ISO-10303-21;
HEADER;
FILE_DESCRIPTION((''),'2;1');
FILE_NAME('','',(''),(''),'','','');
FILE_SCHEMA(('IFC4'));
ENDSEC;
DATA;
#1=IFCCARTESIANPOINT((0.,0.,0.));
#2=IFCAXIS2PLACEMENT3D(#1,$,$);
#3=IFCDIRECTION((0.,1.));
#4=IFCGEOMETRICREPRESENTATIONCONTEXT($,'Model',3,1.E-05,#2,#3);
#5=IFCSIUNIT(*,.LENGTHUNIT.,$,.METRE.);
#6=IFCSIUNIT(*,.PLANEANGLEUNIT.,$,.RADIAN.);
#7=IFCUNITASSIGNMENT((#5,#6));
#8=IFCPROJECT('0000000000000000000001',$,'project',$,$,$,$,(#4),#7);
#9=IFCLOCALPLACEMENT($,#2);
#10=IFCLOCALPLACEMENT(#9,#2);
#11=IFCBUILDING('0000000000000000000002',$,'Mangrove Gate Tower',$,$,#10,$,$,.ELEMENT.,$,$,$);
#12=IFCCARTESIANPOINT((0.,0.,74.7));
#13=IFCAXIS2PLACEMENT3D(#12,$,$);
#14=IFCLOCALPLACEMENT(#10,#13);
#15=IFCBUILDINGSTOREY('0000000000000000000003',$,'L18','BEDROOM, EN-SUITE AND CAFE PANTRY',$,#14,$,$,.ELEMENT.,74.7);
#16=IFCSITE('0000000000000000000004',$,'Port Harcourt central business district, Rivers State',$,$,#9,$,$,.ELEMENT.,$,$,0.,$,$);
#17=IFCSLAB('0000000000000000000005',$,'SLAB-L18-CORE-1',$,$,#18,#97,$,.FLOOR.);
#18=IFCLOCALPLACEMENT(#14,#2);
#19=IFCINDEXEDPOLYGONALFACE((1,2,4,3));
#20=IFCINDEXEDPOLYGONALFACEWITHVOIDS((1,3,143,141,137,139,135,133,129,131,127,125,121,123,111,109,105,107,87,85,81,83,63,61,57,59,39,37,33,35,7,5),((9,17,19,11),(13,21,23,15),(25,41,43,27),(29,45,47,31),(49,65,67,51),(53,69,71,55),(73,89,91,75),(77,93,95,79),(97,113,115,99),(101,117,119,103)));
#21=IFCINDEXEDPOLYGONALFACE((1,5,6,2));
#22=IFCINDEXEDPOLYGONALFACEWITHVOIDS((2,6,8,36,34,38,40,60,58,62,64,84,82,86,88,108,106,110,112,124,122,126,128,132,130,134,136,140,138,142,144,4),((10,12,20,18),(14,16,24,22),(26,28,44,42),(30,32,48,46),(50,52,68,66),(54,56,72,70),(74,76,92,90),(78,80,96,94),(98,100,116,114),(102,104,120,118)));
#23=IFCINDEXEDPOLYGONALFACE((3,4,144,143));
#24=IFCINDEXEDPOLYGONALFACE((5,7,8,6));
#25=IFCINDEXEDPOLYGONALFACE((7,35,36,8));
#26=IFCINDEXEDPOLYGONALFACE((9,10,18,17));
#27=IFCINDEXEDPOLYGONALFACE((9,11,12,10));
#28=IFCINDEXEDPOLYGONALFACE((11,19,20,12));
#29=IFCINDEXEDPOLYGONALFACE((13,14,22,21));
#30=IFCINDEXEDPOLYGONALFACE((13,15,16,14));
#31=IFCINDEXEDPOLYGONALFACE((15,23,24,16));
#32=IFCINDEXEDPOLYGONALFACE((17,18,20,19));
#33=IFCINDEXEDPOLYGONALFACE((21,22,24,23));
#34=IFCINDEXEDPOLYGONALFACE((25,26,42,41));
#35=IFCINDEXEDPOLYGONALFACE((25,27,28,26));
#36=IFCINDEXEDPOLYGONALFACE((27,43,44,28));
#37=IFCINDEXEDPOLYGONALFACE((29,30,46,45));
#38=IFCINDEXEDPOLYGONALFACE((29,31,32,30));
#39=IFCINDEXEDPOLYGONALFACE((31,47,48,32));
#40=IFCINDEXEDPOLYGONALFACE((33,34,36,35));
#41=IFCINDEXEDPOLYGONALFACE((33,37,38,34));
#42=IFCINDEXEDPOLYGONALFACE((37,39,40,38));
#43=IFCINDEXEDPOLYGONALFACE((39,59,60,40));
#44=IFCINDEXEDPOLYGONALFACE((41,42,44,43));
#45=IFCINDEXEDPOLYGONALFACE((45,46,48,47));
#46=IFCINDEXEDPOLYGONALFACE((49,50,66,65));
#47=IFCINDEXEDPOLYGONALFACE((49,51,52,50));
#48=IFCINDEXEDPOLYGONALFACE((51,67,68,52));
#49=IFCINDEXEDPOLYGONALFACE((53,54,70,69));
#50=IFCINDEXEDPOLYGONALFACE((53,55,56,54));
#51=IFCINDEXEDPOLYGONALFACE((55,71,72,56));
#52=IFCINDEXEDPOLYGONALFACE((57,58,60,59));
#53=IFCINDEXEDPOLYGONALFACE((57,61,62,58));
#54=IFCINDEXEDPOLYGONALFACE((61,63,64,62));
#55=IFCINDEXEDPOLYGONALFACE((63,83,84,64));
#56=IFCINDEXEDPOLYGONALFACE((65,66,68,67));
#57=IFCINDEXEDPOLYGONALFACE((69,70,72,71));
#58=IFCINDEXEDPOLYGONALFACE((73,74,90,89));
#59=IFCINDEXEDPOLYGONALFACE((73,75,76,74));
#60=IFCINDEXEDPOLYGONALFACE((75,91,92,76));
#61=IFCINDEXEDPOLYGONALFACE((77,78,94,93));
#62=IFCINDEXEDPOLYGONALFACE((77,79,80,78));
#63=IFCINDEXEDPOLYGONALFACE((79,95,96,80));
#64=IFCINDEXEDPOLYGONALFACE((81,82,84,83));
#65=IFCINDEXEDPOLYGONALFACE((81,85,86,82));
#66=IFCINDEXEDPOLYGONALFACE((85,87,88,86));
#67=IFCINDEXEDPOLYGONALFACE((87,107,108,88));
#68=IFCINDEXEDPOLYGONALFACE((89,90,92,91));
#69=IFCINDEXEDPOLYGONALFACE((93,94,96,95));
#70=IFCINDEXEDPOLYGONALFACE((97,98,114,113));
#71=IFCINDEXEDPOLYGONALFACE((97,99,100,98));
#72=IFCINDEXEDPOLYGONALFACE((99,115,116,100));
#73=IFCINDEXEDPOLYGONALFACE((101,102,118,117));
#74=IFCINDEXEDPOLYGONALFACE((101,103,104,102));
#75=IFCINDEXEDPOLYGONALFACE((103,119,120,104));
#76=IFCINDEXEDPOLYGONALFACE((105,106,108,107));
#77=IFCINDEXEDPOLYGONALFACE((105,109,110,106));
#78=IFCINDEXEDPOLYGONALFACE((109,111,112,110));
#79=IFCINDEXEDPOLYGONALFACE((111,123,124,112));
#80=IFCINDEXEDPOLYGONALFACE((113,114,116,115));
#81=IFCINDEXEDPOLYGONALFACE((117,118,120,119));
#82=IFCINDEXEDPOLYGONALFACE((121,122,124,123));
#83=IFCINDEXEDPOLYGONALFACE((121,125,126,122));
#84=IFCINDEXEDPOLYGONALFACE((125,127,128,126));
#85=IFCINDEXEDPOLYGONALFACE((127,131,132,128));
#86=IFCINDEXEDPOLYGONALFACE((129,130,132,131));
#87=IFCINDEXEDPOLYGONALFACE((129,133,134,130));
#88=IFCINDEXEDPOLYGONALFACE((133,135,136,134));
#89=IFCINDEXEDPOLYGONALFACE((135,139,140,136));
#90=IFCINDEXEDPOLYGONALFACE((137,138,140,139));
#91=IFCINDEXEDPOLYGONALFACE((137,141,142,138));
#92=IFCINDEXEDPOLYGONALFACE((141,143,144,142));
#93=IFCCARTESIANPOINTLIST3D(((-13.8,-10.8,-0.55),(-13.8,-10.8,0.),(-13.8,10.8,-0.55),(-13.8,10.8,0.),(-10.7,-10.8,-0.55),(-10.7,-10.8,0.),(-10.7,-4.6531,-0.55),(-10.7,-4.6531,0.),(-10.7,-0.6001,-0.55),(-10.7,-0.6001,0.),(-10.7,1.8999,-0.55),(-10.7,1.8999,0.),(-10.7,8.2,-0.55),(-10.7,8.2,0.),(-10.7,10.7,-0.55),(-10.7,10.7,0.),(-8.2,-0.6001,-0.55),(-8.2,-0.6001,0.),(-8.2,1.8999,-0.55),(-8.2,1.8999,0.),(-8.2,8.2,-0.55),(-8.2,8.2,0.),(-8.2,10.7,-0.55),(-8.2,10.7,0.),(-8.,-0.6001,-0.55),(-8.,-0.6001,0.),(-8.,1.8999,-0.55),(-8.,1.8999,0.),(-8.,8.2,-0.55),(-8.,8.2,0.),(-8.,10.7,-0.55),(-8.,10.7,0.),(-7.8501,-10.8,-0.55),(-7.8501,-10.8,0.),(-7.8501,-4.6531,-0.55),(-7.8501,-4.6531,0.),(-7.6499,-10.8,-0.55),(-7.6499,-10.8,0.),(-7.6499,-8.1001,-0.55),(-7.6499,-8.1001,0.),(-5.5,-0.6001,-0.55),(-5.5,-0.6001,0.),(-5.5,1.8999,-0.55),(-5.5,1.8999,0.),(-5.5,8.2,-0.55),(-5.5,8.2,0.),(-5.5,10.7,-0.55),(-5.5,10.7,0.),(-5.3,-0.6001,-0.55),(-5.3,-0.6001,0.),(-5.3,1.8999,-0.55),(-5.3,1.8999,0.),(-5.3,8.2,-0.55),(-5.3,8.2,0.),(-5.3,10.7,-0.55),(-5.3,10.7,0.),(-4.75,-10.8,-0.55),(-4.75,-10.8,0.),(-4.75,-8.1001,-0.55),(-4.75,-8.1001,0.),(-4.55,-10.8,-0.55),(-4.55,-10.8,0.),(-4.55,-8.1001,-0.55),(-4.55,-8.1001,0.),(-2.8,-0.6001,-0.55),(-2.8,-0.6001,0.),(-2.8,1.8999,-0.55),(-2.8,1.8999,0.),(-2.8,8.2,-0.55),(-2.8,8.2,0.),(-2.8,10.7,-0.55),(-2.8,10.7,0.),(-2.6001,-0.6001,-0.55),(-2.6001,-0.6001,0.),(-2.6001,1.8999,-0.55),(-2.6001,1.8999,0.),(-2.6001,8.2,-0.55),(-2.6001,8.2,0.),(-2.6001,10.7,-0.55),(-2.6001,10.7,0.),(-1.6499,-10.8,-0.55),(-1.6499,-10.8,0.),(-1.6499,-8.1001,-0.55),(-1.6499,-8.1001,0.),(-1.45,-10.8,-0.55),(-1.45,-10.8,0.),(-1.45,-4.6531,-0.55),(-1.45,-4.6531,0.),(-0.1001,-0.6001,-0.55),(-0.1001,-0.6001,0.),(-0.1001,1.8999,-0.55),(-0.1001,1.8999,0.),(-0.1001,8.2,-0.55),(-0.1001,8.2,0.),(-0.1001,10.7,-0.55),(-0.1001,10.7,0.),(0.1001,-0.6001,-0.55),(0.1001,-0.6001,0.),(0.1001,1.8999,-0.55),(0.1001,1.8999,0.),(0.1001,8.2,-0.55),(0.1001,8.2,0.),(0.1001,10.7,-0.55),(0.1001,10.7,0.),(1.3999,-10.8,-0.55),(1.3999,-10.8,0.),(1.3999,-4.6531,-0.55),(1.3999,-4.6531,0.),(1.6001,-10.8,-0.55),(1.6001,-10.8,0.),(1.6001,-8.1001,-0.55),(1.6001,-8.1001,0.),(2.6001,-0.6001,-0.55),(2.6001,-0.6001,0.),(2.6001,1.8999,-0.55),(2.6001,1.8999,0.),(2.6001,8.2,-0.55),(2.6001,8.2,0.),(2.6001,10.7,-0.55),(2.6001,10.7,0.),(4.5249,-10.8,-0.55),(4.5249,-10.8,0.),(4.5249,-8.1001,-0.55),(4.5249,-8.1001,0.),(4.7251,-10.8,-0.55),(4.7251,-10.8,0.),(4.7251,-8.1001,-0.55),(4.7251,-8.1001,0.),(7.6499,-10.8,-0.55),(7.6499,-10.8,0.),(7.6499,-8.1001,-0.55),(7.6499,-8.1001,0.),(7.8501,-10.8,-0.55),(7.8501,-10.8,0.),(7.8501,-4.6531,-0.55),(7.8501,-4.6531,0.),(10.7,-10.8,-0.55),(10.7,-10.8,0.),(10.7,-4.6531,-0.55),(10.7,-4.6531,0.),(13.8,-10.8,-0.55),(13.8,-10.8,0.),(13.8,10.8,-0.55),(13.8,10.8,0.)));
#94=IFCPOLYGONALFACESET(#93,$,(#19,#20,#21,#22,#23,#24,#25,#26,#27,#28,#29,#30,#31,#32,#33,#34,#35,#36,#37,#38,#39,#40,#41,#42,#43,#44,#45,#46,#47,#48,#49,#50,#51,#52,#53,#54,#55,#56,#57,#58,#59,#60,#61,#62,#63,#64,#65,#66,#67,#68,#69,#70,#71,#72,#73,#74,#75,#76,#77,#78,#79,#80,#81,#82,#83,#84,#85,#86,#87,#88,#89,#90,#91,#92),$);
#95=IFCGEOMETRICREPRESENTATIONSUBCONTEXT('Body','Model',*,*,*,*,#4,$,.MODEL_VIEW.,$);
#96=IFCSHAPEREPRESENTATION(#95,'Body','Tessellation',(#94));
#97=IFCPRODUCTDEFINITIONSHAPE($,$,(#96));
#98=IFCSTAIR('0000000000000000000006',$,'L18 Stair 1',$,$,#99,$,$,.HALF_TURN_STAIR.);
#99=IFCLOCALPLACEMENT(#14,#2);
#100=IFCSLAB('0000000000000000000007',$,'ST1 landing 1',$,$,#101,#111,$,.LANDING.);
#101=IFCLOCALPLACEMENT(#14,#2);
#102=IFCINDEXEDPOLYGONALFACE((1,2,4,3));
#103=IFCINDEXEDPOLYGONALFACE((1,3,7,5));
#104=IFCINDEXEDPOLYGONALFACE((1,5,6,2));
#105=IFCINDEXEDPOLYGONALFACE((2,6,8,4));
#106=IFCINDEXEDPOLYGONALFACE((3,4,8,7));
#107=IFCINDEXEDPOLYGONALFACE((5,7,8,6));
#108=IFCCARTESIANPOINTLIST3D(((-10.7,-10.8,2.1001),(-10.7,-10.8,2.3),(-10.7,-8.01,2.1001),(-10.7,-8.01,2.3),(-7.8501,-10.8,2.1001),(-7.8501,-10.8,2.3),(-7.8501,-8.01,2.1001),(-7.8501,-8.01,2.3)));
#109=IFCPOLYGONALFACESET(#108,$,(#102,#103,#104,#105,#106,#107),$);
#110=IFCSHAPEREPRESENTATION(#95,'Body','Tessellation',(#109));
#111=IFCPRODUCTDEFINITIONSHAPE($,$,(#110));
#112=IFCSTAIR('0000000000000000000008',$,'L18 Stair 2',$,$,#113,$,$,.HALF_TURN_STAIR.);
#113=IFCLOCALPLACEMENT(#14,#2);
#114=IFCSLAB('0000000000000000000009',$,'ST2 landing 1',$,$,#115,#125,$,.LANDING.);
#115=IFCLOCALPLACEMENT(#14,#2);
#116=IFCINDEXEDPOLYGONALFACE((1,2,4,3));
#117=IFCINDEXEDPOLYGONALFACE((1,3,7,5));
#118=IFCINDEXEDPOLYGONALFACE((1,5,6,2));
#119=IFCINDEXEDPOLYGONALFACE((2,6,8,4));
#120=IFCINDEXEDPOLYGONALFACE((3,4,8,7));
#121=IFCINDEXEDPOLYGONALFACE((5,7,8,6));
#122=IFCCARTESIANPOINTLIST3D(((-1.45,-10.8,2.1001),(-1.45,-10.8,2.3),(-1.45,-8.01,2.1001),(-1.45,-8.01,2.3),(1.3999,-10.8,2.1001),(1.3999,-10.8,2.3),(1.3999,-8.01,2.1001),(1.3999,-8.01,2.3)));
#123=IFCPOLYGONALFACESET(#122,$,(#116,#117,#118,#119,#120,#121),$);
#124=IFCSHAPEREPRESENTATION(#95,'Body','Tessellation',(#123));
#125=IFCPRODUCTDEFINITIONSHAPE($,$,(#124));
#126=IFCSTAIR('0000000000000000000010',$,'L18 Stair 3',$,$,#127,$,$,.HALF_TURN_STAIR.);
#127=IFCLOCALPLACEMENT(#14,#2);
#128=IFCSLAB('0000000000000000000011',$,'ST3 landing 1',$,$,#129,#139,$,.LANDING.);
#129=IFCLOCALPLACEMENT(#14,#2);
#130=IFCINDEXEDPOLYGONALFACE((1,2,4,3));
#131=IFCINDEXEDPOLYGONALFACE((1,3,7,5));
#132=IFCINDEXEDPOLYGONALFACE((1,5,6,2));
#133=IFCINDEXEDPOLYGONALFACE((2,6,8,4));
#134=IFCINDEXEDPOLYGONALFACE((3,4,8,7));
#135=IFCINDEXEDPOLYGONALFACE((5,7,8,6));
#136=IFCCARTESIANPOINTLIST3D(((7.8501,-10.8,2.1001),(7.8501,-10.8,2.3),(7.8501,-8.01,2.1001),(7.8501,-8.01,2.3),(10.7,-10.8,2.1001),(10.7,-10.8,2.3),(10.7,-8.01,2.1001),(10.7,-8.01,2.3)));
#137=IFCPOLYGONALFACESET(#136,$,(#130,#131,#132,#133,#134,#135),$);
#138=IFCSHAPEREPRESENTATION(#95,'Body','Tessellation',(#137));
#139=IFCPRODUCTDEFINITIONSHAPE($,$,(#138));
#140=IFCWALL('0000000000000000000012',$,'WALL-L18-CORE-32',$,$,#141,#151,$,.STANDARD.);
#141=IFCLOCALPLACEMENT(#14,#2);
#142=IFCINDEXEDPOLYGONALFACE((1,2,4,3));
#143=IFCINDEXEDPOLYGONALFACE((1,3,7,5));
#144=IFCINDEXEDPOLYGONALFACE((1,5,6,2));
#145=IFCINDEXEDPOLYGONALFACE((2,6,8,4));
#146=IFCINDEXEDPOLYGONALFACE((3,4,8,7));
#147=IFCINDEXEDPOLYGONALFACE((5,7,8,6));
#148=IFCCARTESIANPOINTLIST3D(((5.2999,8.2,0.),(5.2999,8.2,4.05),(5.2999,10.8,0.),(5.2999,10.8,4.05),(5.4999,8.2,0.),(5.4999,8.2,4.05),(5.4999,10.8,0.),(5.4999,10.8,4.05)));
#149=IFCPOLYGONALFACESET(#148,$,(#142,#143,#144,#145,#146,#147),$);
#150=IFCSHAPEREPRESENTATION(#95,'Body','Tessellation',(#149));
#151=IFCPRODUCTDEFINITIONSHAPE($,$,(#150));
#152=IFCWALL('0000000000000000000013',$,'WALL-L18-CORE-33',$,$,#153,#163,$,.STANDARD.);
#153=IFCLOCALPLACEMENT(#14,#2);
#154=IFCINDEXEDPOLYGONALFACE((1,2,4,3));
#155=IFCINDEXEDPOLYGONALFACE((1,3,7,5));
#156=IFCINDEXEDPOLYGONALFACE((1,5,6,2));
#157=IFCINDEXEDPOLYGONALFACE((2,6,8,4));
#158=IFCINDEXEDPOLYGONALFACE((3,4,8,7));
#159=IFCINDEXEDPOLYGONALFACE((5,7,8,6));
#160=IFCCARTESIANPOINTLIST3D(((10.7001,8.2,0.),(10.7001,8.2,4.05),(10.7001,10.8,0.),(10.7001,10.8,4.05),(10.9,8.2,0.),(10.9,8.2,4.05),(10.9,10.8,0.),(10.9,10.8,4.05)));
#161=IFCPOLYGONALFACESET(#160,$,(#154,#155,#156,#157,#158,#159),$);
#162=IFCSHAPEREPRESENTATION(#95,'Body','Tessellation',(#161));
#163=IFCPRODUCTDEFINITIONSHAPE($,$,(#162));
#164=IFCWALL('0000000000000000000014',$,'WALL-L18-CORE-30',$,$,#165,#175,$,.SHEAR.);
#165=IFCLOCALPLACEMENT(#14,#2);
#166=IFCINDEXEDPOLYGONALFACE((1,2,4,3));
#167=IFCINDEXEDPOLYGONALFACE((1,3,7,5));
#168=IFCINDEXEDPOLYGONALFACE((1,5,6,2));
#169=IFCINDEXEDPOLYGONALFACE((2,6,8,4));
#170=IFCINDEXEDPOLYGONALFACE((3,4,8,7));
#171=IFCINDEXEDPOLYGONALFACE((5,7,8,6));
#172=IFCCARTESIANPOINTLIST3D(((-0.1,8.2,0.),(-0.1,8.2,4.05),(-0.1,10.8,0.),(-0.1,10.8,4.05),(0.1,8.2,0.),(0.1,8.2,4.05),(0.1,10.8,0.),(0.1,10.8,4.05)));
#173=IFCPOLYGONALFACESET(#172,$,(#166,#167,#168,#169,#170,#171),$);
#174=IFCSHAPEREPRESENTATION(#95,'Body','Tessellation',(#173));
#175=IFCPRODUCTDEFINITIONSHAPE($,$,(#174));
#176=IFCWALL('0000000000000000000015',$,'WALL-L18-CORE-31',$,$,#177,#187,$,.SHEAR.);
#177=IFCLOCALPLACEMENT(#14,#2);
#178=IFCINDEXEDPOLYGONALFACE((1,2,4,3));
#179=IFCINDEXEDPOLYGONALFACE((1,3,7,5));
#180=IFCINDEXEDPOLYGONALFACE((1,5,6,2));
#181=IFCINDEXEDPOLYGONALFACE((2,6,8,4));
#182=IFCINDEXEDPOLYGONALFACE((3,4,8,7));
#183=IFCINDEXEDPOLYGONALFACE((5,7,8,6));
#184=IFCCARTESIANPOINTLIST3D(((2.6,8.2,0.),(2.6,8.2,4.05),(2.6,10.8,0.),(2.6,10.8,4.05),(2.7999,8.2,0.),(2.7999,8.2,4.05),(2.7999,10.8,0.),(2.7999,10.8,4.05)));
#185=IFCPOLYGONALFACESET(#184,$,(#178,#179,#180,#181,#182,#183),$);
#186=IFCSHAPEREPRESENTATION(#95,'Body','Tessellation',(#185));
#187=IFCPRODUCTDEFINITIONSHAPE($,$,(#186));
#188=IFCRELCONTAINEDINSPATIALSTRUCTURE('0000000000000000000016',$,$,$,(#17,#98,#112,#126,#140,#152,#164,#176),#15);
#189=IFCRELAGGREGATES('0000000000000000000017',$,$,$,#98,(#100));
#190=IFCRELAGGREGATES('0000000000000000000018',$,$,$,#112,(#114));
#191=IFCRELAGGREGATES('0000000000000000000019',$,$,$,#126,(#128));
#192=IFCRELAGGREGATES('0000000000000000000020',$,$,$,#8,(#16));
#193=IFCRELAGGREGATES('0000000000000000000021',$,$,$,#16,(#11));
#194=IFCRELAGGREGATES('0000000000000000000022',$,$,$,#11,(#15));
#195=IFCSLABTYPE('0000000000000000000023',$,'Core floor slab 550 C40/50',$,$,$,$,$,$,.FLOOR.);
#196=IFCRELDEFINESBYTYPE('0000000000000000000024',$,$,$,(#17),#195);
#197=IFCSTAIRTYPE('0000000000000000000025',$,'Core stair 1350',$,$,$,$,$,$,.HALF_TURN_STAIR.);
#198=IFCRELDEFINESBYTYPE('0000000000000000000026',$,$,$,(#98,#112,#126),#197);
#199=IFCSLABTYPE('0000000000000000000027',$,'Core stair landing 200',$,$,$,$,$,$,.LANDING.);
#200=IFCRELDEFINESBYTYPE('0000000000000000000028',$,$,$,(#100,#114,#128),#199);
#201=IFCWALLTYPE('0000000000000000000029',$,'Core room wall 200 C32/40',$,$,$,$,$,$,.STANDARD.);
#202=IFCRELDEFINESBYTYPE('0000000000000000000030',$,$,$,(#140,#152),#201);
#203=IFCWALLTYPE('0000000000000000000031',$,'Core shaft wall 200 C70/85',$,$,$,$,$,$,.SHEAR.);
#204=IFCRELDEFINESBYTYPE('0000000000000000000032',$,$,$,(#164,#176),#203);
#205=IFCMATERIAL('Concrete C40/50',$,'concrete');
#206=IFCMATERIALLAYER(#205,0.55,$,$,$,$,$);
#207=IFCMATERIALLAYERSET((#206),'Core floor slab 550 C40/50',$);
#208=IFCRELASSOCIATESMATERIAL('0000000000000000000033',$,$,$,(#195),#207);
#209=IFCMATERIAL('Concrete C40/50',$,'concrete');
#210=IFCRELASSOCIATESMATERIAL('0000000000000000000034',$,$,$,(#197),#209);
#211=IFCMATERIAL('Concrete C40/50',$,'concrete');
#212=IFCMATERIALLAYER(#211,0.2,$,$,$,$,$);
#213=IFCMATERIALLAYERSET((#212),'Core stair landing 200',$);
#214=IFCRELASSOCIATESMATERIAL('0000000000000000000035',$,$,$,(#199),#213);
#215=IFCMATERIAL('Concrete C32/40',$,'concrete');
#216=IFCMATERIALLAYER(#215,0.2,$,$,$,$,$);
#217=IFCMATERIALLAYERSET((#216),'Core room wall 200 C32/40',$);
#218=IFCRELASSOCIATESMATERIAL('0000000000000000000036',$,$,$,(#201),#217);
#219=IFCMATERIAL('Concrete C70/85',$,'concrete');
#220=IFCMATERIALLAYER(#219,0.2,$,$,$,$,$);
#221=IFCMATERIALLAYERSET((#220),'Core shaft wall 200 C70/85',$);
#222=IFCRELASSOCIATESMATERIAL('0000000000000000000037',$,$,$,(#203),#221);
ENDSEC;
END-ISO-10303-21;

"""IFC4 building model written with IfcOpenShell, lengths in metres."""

from ifc_helpers import new_model, si_unit, direction, frame, frame_2d, origin, place, context, subcontext, project, spatial, polyline, rectangle, outline, extrude, material, layer, layer_set, type_object, element, aggregate, save


model = new_model("IFC4")

# Units and contexts
model_context = context("Model", 3, precision=1e-05, world=origin(), true_north=direction((0.0, 1.0)))
body_context = subcontext(model_context, "Body", "Model", "MODEL_VIEW")
ifc_project = project(units=[si_unit("LENGTHUNIT", "METRE"), si_unit("PLANEANGLEUNIT", "RADIAN")], contexts=[model_context])

# Site, building, storey
site_placement = place(None, origin())
site = spatial("IfcSite", under=ifc_project, at=site_placement, Name="Port Harcourt central business district, Rivers State", CompositionType="ELEMENT", RefElevation=0.0)
building_placement = place(site_placement, origin())
building = spatial("IfcBuilding", under=site, at=building_placement, Name="Mangrove Gate Tower", CompositionType="ELEMENT")
storey_placement = place(building_placement, frame((0.0, 0.0, 74.7)))
storey = spatial("IfcBuildingStorey", under=building, at=storey_placement, Name="L18", Description="BEDROOM, EN-SUITE AND CAFE PANTRY", CompositionType="ELEMENT", Elevation=74.7)

# Slab
ifc_material_1 = material(Name="Concrete C40/50", Category="concrete")
ifc_layer_1 = layer(ifc_material_1, 0.55)
ifc_layer_set_1 = layer_set([ifc_layer_1], Name="Core floor slab 550 C40/50")
slab_type_1 = type_object("IfcSlabType", Name="Core floor slab 550 C40/50", PredefinedType="FLOOR", material=ifc_layer_set_1)
slab_1_placement = place(storey_placement, frame((0.0, 0.0, -0.55)))
element("IfcSlab", 1, at=slab_1_placement, inside=storey, type_object=slab_type_1, Name="SLAB-L18-CORE-1", PredefinedType="FLOOR", context=body_context, shape_type="SweptSolid", body=[
    extrude(outline(polyline([(-13.8, -10.8), (-13.8, 10.8), (13.8, 10.8), (13.8, -10.8), (10.7, -10.8), (10.7, -4.6531), (7.8501, -4.6531), (7.8501, -10.8), (7.6499, -10.8), (7.6499, -8.1001), (4.7251, -8.1001), (4.7251, -10.8), (4.5249, -10.8), (4.5249, -8.1001), (1.6001, -8.1001), (1.6001, -10.8), (1.3999, -10.8), (1.3999, -4.6531), (-1.45, -4.6531), (-1.45, -10.8), (-1.6499, -10.8), (-1.6499, -8.1001), (-4.55, -8.1001), (-4.55, -10.8), (-4.75, -10.8), (-4.75, -8.1001), (-7.6499, -8.1001), (-7.6499, -10.8), (-7.8501, -10.8), (-7.8501, -4.6531), (-10.7, -4.6531), (-10.7, -10.8), (-13.8, -10.8)]), holes=[polyline([(-8.2, -0.6001), (-8.2, 1.8999), (-10.7, 1.8999), (-10.7, -0.6001), (-8.2, -0.6001)]), polyline([(-5.5, -0.6001), (-5.5, 1.8999), (-8.0, 1.8999), (-8.0, -0.6001), (-5.5, -0.6001)]), polyline([(-2.8, -0.6001), (-2.8, 1.8999), (-5.3, 1.8999), (-5.3, -0.6001), (-2.8, -0.6001)]), polyline([(-8.2, 8.2), (-8.2, 10.7), (-10.7, 10.7), (-10.7, 8.2), (-8.2, 8.2)]), polyline([(-5.5, 8.2), (-5.5, 10.7), (-8.0, 10.7), (-8.0, 8.2), (-5.5, 8.2)]), polyline([(-2.8, 8.2), (-2.8, 10.7), (-5.3, 10.7), (-5.3, 8.2), (-2.8, 8.2)]), polyline([(-0.1001, -0.6001), (-0.1001, 1.8999), (-2.6001, 1.8999), (-2.6001, -0.6001), (-0.1001, -0.6001)]), polyline([(2.6001, -0.6001), (2.6001, 1.8999), (0.1001, 1.8999), (0.1001, -0.6001), (2.6001, -0.6001)]), polyline([(-2.6001, 8.2), (-0.1001, 8.2), (-0.1001, 10.7), (-2.6001, 10.7), (-2.6001, 8.2)]), polyline([(0.1001, 8.2), (2.6001, 8.2), (2.6001, 10.7), (0.1001, 10.7), (0.1001, 8.2)])]), origin(), (0.0, 0.0, 1.0), 0.55),
])

# Stairs, slabs
ifc_material_2 = material(Name="Concrete C40/50", Category="concrete")
stair_type = type_object("IfcStairType", Name="Core stair 1350", PredefinedType="HALF_TURN_STAIR", material=ifc_material_2)
stair_1_placement = place(storey_placement, origin())
stair_1 = element("IfcStair", 2, at=stair_1_placement, inside=storey, type_object=stair_type, Name="L18 Stair 1", PredefinedType="HALF_TURN_STAIR")
ifc_material_3 = material(Name="Concrete C40/50", Category="concrete")
ifc_layer_2 = layer(ifc_material_3, 0.2)
ifc_layer_set_2 = layer_set([ifc_layer_2], Name="Core stair landing 200")
slab_type_2 = type_object("IfcSlabType", Name="Core stair landing 200", PredefinedType="LANDING", material=ifc_layer_set_2)
slab_2_placement = place(storey_placement, frame((0.0, 0.0, 2.1001)))
slab_2 = element("IfcSlab", 3, at=slab_2_placement, type_object=slab_type_2, Name="ST1 landing 1", PredefinedType="LANDING", context=body_context, shape_type="SweptSolid", body=[
    extrude(outline(polyline([(-10.7, -8.01), (-10.7, -10.8), (-7.8501, -10.8), (-7.8501, -8.01), (-10.7, -8.01)])), origin(), (0.0, 0.0, 1.0), 0.2),
])
aggregate(stair_1, [slab_2])
stair_2_placement = place(storey_placement, origin())
stair_2 = element("IfcStair", 4, at=stair_2_placement, inside=storey, type_object=stair_type, Name="L18 Stair 2", PredefinedType="HALF_TURN_STAIR")
slab_3_placement = place(storey_placement, frame((0.0, 0.0, 2.1001)))
slab_3 = element("IfcSlab", 5, at=slab_3_placement, type_object=slab_type_2, Name="ST2 landing 1", PredefinedType="LANDING", context=body_context, shape_type="SweptSolid", body=[
    extrude(outline(polyline([(-1.45, -8.01), (-1.45, -10.8), (1.3999, -10.8), (1.3999, -8.01), (-1.45, -8.01)])), origin(), (0.0, 0.0, 1.0), 0.2),
])
aggregate(stair_2, [slab_3])
stair_3_placement = place(storey_placement, origin())
stair_3 = element("IfcStair", 6, at=stair_3_placement, inside=storey, type_object=stair_type, Name="L18 Stair 3", PredefinedType="HALF_TURN_STAIR")
slab_4_placement = place(storey_placement, frame((0.0, 0.0, 2.1001)))
slab_4 = element("IfcSlab", 7, at=slab_4_placement, type_object=slab_type_2, Name="ST3 landing 1", PredefinedType="LANDING", context=body_context, shape_type="SweptSolid", body=[
    extrude(outline(polyline([(7.8501, -8.01), (7.8501, -10.8), (10.7, -10.8), (10.7, -8.01), (7.8501, -8.01)])), origin(), (0.0, 0.0, 1.0), 0.2),
])
aggregate(stair_3, [slab_4])

# Walls
ifc_material_4 = material(Name="Concrete C32/40", Category="concrete")
ifc_layer_3 = layer(ifc_material_4, 0.2)
ifc_layer_set_3 = layer_set([ifc_layer_3], Name="Core room wall 200 C32/40")
wall_type_1 = type_object("IfcWallType", Name="Core room wall 200 C32/40", PredefinedType="STANDARD", material=ifc_layer_set_3)
for number, where, z_axis, x_axis, name in (
    (8, (5.3999, 8.2, 0.0), (0.0, 0.0, 1.0), (0.0, 1.0, 0.0), "WALL-L18-CORE-32"),
    (9, (10.8, 8.2, 0.0), (0.0, 0.0, 1.0), (0.0, 1.0, 0.0), "WALL-L18-CORE-33"),
):
    element("IfcWall", number, at=place(storey_placement, frame(where, z_axis=z_axis, x_axis=x_axis)), inside=storey, type_object=wall_type_1, Name=name, PredefinedType="STANDARD", context=body_context, shape_type="SweptSolid", body=[
        extrude(rectangle(XDim=2.6001, YDim=0.2, at=frame_2d((1.3, 0.0))), origin(), (0.0, 0.0, 1.0), 4.05),
    ])
ifc_material_5 = material(Name="Concrete C70/85", Category="concrete")
ifc_layer_4 = layer(ifc_material_5, 0.2)
ifc_layer_set_4 = layer_set([ifc_layer_4], Name="Core shaft wall 200 C70/85")
wall_type_2 = type_object("IfcWallType", Name="Core shaft wall 200 C70/85", PredefinedType="SHEAR", material=ifc_layer_set_4)
for number, where, z_axis, x_axis, name in (
    (10, (0.0, 8.2, 0.0), (0.0, 0.0, 1.0), (0.0, 1.0, 0.0), "WALL-L18-CORE-30"),
    (11, (2.7, 8.2, 0.0), (0.0, 0.0, 1.0), (0.0, 1.0, 0.0), "WALL-L18-CORE-31"),
):
    element("IfcWall", number, at=place(storey_placement, frame(where, z_axis=z_axis, x_axis=x_axis)), inside=storey, type_object=wall_type_2, Name=name, PredefinedType="SHEAR", context=body_context, shape_type="SweptSolid", body=[
        extrude(rectangle(XDim=2.6001, YDim=0.2, at=frame_2d((1.3, 0.0))), origin(), (0.0, 0.0, 1.0), 4.05),
    ])

save(model, "model.ifc")
